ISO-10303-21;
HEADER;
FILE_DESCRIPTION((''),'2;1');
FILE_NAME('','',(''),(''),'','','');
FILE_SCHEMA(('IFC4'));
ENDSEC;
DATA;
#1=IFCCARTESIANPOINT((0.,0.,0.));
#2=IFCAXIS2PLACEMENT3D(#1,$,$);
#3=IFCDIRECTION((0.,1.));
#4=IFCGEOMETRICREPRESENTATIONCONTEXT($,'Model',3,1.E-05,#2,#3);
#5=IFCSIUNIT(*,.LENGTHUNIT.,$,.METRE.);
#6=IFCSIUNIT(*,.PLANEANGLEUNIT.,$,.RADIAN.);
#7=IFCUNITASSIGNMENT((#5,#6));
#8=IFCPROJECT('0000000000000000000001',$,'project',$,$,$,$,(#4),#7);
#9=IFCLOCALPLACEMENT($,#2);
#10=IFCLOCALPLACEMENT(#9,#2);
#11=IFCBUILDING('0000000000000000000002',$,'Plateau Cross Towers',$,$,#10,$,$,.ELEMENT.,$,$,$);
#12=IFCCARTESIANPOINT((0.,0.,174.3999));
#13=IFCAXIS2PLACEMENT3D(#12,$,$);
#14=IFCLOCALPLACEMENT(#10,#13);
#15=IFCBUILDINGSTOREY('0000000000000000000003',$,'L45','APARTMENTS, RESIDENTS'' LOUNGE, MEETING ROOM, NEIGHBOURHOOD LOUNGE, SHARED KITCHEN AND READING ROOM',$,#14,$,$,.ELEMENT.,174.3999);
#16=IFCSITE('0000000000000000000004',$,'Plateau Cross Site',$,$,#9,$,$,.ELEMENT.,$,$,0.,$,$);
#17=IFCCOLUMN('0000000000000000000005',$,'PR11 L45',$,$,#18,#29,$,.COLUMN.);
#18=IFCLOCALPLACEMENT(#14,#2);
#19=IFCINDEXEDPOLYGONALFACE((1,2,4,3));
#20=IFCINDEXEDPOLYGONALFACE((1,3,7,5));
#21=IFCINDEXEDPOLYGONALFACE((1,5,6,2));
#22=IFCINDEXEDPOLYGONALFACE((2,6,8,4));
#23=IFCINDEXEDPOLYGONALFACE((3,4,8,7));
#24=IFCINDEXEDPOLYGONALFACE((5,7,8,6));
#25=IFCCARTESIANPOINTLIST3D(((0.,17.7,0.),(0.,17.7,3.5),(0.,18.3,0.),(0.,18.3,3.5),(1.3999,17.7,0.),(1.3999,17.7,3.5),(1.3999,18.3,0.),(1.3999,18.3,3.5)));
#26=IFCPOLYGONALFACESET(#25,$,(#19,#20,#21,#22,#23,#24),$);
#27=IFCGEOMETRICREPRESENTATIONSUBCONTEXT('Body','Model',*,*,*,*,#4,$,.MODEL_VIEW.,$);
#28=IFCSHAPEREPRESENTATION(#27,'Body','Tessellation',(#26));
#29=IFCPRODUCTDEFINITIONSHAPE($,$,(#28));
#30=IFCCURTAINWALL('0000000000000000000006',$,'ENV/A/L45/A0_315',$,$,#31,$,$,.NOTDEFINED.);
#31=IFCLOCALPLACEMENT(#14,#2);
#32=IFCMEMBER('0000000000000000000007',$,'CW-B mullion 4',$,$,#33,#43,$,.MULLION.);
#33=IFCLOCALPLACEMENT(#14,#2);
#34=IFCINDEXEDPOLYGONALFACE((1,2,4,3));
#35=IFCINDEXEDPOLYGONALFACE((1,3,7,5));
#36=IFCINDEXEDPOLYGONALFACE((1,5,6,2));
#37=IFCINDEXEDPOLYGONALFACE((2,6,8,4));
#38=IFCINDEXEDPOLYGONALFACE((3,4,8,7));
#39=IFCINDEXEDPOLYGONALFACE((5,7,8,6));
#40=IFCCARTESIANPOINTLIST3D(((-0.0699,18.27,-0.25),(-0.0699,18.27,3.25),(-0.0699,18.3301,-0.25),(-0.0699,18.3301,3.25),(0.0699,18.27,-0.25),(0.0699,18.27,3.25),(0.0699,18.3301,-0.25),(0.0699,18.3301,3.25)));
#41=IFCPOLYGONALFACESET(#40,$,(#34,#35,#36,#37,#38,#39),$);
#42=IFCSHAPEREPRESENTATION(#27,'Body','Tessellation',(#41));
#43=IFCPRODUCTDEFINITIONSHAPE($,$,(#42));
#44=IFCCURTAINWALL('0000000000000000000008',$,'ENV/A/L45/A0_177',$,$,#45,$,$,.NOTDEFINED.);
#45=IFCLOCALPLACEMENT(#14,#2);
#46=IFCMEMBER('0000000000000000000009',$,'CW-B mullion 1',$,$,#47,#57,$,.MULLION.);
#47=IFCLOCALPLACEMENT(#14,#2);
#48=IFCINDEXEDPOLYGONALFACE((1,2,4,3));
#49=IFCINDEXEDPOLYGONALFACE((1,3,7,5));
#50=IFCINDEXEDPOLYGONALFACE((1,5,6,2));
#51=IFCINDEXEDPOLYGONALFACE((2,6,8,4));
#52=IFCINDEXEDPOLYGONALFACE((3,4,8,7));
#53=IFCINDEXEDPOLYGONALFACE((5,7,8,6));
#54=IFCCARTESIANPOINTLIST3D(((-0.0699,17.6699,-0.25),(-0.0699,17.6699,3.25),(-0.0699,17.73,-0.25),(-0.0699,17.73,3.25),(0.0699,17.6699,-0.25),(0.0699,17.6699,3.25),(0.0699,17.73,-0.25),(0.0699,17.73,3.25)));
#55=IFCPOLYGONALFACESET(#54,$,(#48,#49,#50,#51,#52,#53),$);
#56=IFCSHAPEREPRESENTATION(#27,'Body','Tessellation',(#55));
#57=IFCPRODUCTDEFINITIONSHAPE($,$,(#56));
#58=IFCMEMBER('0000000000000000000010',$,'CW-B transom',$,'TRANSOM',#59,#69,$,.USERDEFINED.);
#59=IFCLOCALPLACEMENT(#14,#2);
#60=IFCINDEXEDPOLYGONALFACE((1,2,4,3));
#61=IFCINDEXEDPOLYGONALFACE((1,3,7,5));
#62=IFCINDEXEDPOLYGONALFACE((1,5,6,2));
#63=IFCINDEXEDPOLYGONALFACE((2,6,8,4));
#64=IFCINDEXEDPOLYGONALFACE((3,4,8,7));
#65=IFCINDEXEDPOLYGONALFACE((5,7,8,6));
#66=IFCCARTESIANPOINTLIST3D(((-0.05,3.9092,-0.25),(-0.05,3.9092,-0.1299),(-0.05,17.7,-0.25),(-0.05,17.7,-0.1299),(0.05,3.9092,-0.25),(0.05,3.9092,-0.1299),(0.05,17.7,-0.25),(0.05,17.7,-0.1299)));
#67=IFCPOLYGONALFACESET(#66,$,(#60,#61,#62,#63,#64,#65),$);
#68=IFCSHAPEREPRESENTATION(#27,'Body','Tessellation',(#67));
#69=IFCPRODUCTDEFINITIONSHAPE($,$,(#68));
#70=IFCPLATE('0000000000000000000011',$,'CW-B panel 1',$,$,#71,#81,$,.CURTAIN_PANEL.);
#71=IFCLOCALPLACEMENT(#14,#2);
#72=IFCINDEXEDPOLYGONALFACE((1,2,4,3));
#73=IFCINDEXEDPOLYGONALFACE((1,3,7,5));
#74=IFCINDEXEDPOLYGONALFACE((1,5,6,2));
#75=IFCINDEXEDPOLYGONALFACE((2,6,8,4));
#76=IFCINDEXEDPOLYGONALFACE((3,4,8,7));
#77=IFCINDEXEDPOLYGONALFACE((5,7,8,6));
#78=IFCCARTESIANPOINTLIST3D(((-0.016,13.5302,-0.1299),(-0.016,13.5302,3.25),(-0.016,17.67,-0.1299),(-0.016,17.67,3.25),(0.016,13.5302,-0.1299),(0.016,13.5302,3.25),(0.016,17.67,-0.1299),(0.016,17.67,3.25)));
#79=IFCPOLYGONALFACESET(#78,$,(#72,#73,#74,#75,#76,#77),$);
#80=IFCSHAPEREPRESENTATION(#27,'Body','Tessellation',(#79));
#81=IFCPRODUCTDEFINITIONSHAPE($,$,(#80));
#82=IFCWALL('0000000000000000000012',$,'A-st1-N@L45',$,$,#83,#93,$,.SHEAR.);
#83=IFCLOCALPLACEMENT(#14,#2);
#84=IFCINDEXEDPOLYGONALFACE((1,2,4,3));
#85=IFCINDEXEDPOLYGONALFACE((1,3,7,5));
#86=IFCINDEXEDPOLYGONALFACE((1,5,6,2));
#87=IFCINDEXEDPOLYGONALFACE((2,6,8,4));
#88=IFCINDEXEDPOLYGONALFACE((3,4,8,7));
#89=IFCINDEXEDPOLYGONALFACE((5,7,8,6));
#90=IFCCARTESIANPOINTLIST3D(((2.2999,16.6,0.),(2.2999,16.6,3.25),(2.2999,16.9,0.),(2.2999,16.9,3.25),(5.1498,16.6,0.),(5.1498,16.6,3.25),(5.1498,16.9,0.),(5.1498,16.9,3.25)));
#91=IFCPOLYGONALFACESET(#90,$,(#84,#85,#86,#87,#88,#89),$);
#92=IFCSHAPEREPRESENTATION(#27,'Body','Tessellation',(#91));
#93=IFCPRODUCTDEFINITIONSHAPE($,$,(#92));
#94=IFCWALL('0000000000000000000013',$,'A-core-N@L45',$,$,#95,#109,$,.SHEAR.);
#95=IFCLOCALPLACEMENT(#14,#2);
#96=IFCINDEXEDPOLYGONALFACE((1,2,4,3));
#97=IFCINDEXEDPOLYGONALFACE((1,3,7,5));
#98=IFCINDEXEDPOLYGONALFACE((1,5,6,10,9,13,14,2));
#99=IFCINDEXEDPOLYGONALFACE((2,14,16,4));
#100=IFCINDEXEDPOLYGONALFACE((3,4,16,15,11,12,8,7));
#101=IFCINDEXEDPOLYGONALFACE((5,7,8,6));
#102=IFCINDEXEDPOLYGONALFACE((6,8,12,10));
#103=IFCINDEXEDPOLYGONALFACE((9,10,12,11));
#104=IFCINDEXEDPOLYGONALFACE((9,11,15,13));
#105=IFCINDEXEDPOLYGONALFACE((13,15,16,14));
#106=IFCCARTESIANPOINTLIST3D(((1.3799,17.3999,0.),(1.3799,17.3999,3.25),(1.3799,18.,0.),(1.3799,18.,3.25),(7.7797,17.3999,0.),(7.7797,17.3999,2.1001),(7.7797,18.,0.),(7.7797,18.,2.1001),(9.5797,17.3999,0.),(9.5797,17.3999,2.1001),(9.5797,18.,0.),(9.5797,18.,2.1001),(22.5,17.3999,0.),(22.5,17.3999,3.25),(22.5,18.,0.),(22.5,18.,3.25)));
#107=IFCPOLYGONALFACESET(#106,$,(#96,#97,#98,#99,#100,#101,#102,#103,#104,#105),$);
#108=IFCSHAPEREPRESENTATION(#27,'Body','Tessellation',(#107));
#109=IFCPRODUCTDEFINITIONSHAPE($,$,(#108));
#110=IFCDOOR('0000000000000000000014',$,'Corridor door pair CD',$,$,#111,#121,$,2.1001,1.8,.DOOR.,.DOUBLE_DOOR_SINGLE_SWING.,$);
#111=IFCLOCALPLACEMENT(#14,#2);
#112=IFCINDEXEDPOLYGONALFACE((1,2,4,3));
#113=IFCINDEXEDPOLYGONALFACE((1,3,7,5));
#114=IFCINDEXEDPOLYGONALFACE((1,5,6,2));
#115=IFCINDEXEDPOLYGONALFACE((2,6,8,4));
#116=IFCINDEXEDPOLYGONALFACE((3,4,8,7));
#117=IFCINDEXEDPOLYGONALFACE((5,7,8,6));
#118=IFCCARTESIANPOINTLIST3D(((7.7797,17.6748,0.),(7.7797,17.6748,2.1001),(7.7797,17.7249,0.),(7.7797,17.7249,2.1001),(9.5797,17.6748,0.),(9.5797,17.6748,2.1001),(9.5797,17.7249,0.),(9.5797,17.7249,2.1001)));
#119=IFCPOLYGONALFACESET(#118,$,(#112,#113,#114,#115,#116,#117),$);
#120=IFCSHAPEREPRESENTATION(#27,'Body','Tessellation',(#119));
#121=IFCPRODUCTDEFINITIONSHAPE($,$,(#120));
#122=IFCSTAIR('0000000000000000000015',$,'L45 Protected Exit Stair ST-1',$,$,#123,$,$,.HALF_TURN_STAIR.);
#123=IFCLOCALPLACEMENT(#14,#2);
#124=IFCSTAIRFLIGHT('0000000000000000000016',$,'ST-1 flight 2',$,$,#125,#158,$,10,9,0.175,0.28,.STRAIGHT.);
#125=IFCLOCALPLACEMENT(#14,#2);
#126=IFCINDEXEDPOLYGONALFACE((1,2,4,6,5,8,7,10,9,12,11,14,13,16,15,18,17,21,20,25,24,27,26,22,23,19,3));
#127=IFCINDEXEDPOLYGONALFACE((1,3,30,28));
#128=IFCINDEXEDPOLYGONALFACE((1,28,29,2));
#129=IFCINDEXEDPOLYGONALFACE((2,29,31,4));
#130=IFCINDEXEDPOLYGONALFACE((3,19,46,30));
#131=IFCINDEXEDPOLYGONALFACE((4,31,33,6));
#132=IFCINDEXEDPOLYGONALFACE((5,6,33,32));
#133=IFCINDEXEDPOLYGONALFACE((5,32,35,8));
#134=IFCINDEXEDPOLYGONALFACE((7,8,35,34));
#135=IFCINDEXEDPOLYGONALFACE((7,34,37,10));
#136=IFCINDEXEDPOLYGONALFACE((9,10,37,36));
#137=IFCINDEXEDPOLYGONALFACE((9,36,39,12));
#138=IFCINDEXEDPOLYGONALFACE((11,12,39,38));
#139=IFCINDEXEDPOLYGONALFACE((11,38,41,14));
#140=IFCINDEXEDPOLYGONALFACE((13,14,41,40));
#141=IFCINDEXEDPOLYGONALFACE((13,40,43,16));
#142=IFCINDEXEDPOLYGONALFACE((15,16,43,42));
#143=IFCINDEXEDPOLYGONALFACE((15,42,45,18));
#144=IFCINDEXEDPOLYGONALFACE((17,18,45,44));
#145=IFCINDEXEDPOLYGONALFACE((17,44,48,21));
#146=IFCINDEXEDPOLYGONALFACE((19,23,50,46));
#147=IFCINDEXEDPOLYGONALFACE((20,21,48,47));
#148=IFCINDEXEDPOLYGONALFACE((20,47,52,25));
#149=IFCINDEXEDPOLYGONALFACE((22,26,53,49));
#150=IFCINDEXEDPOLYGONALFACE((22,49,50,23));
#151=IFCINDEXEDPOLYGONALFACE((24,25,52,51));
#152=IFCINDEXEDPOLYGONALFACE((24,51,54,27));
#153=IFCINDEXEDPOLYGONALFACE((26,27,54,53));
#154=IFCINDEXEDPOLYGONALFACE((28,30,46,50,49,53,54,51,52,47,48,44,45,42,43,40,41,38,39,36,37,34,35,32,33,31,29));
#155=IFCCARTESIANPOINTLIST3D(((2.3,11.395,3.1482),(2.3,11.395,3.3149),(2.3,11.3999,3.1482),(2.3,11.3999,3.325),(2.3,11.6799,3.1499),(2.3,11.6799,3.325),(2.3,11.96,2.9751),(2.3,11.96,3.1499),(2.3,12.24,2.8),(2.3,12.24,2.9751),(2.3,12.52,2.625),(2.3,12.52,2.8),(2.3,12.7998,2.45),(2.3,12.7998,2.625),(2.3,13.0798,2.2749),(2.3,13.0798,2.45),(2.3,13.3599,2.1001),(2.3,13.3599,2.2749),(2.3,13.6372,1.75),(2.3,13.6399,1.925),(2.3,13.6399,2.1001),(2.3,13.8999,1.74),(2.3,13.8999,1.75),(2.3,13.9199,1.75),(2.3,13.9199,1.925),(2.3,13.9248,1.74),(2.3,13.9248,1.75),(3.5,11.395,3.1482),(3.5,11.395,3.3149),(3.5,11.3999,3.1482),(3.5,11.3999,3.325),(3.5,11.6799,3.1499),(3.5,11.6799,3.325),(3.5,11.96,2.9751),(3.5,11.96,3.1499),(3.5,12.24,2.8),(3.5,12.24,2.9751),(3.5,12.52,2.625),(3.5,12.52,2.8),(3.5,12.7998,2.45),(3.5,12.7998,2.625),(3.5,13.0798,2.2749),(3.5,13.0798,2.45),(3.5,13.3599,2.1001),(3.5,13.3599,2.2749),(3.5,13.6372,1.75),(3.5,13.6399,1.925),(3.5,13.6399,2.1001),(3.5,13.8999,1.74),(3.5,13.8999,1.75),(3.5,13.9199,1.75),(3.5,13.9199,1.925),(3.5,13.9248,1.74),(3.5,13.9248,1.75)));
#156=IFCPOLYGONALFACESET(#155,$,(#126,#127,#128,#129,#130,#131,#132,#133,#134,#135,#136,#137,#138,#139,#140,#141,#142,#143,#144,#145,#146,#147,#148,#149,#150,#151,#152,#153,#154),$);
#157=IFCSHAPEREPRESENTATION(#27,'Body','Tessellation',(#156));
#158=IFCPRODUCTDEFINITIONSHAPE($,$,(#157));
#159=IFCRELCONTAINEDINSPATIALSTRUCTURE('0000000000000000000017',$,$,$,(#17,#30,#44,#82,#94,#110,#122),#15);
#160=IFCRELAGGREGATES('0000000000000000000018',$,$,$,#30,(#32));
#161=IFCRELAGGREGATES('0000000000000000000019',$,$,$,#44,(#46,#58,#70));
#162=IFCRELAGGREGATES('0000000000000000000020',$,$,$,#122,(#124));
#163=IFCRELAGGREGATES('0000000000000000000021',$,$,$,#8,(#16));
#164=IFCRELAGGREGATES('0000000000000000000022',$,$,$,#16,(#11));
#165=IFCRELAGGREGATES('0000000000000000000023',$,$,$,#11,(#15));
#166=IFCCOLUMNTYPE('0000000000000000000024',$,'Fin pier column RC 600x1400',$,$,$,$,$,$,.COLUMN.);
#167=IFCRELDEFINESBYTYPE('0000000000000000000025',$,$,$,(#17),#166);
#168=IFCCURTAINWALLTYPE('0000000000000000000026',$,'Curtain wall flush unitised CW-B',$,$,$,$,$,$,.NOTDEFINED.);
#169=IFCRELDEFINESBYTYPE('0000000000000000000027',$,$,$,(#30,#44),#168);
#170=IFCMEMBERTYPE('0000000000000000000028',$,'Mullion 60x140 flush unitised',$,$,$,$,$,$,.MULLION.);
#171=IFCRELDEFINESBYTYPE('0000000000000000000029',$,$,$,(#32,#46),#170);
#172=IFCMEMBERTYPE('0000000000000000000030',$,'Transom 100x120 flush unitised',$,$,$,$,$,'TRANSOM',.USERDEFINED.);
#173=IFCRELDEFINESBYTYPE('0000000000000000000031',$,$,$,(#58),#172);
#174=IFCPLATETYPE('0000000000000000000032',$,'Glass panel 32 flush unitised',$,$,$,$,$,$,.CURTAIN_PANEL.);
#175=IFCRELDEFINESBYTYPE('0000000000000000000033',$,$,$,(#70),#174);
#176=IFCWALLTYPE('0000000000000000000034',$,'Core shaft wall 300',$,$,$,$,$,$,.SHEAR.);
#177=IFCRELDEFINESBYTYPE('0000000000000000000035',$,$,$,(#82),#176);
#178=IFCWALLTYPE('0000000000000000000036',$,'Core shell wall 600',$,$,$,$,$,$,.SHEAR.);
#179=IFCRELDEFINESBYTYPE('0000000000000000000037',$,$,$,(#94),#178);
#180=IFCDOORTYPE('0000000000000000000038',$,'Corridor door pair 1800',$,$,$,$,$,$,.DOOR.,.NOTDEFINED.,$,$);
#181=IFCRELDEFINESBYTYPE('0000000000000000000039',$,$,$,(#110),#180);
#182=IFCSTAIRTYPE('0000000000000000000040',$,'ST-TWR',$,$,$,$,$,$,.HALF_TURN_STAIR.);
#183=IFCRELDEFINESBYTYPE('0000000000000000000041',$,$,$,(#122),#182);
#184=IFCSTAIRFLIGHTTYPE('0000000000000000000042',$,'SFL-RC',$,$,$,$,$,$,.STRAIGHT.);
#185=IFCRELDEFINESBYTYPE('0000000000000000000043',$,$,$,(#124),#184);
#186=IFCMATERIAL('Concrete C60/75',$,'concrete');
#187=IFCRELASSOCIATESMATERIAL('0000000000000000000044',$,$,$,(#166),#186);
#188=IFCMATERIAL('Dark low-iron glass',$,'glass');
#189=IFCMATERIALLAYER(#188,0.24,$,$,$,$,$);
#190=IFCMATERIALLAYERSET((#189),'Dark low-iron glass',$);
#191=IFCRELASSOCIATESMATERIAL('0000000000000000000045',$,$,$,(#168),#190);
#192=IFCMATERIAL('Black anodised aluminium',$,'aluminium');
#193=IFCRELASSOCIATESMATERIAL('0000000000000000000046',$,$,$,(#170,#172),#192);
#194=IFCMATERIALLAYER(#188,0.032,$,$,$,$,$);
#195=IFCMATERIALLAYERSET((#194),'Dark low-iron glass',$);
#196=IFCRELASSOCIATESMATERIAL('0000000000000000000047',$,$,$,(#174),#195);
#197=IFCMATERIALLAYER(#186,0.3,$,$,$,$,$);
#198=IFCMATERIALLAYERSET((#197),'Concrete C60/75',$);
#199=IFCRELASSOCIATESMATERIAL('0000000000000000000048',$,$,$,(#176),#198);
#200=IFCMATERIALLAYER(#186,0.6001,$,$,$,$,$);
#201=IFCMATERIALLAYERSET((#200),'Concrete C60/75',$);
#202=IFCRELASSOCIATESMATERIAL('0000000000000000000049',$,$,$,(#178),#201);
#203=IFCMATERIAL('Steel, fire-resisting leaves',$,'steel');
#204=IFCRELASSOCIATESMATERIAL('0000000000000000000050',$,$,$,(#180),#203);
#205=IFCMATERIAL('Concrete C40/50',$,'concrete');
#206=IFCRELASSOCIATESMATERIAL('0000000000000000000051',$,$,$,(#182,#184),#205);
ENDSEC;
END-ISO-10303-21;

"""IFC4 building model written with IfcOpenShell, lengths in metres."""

from ifc_helpers import new_model, si_unit, direction, frame, frame_2d, origin, origin_2d, place, context, subcontext, project, spatial, polyline, rectangle, outline, extrude, material, layer, layer_set, material_profile, profile_set, type_object, element, fill, aggregate, save


model = new_model("IFC4")

# Units and contexts
model_context = context("Model", 3, precision=1e-05, world=origin(), true_north=direction((0.0, 1.0)))
body_context = subcontext(model_context, "Body", "Model", "MODEL_VIEW")
ifc_project = project(units=[si_unit("LENGTHUNIT", "METRE"), si_unit("PLANEANGLEUNIT", "RADIAN")], contexts=[model_context])

# Site, building, storey
site_placement = place(None, origin())
site = spatial("IfcSite", under=ifc_project, at=site_placement, Name="Plateau Cross Site", CompositionType="ELEMENT", RefElevation=0.0)
building_placement = place(site_placement, origin())
building = spatial("IfcBuilding", under=site, at=building_placement, Name="Plateau Cross Towers", CompositionType="ELEMENT")
storey_placement = place(building_placement, frame((0.0, 0.0, 174.3999)))
storey = spatial("IfcBuildingStorey", under=building, at=storey_placement, Name="L45", Description="APARTMENTS, RESIDENTS' LOUNGE, MEETING ROOM, NEIGHBOURHOOD LOUNGE, SHARED KITCHEN AND READING ROOM", CompositionType="ELEMENT", Elevation=174.3999)

# Column
ifc_material_1 = material(Name="Concrete C60/75", Category="concrete")
ifc_material_profile_1 = material_profile(ifc_material_1, rectangle(XDim=0.6001, YDim=1.3999, at=origin_2d()), Name="RC 600x1400")
ifc_profile_set_1 = profile_set([ifc_material_profile_1], Name="Concrete C60/75")
column_type = type_object("IfcColumnType", Name="Fin pier column RC 600x1400", PredefinedType="COLUMN", material=ifc_profile_set_1)
column_placement = place(storey_placement, frame((0.7, 18.0, 0.0), z_axis=(0.0, 0.0, 1.0), x_axis=(0.0, 1.0, 0.0)))
element("IfcColumn", 1, at=column_placement, inside=storey, type_object=column_type, Name="PR11 L45", PredefinedType="COLUMN", context=body_context, shape_type="SweptSolid", body=[
    extrude(rectangle(XDim=0.6001, YDim=1.3999, at=origin_2d()), origin(), (0.0, 0.0, 1.0), 3.5),
])

# Curtain wall, member
ifc_material_2 = material(Name="Dark low-iron glass", Category="glass")
ifc_layer_1 = layer(ifc_material_2, 0.24)
ifc_layer_set_1 = layer_set([ifc_layer_1], Name="Dark low-iron glass")
curtain_wall_type = type_object("IfcCurtainWallType", Name="Curtain wall flush unitised CW-B", PredefinedType="NOTDEFINED", material=ifc_layer_set_1)
curtain_wall_1_placement = place(storey_placement, origin())
curtain_wall_1 = element("IfcCurtainWall", 2, at=curtain_wall_1_placement, inside=storey, type_object=curtain_wall_type, Name="ENV/A/L45/A0_315", PredefinedType="NOTDEFINED")
ifc_material_3 = material(Name="Black anodised aluminium", Category="aluminium")
ifc_material_profile_2 = material_profile(ifc_material_3, rectangle(XDim=0.0601, YDim=0.1399, at=origin_2d()), Name="MULLION 60x140")
ifc_profile_set_2 = profile_set([ifc_material_profile_2], Name="Black anodised aluminium")
member_type_1 = type_object("IfcMemberType", Name="Mullion 60x140 flush unitised", PredefinedType="MULLION", material=ifc_profile_set_2)
member_1_placement = place(storey_placement, frame((0.0, 18.3, -0.25), z_axis=(0.0, 0.0, 1.0), x_axis=(0.0, -1.0, 0.0)))
member_1 = element("IfcMember", 3, at=member_1_placement, type_object=member_type_1, Name="CW-B mullion 4", PredefinedType="MULLION", context=body_context, shape_type="SweptSolid", body=[
    extrude(rectangle(XDim=0.0601, YDim=0.1399, at=origin_2d()), origin(), (0.0, 0.0, 1.0), 3.5),
])
aggregate(curtain_wall_1, [member_1])

# Curtain wall, members, plate
curtain_wall_2_placement = place(storey_placement, origin())
curtain_wall_2 = element("IfcCurtainWall", 4, at=curtain_wall_2_placement, inside=storey, type_object=curtain_wall_type, Name="ENV/A/L45/A0_177", PredefinedType="NOTDEFINED")
member_2_placement = place(storey_placement, frame((0.0, 17.7, -0.25), z_axis=(0.0, 0.0, 1.0), x_axis=(0.0, -1.0, 0.0)))
member_2 = element("IfcMember", 5, at=member_2_placement, type_object=member_type_1, Name="CW-B mullion 1", PredefinedType="MULLION", context=body_context, shape_type="SweptSolid", body=[
    extrude(rectangle(XDim=0.0601, YDim=0.1399, at=origin_2d()), origin(), (0.0, 0.0, 1.0), 3.5),
])
ifc_material_profile_3 = material_profile(ifc_material_3, rectangle(XDim=0.1001, YDim=0.1201, at=origin_2d()), Name="TRANSOM 100x120")
ifc_profile_set_3 = profile_set([ifc_material_profile_3], Name="Black anodised aluminium")
member_type_2 = type_object("IfcMemberType", Name="Transom 100x120 flush unitised", ElementType="TRANSOM", PredefinedType="USERDEFINED", material=ifc_profile_set_3)
member_3_placement = place(storey_placement, frame((0.0, 17.7, -0.1899), z_axis=(0.0, -1.0, 0.0), x_axis=(1.0, 0.0, 0.0)))
member_3 = element("IfcMember", 6, at=member_3_placement, type_object=member_type_2, Name="CW-B transom", ObjectType="TRANSOM", PredefinedType="USERDEFINED", context=body_context, shape_type="SweptSolid", body=[
    extrude(rectangle(XDim=0.1001, YDim=0.1201, at=origin_2d()), origin(), (0.0, 0.0, 1.0), 13.7908),
])
ifc_layer_2 = layer(ifc_material_2, 0.032)
ifc_layer_set_2 = layer_set([ifc_layer_2], Name="Dark low-iron glass")
plate_type = type_object("IfcPlateType", Name="Glass panel 32 flush unitised", PredefinedType="CURTAIN_PANEL", material=ifc_layer_set_2)
plate_placement = place(storey_placement, frame((0.0, 15.6001, -0.1299), z_axis=(0.0, 0.0, 1.0), x_axis=(0.0, -1.0, 0.0)))
plate = element("IfcPlate", 7, at=plate_placement, type_object=plate_type, Name="CW-B panel 1", PredefinedType="CURTAIN_PANEL", context=body_context, shape_type="SweptSolid", body=[
    extrude(rectangle(XDim=4.1399, YDim=0.032, at=origin_2d()), origin(), (0.0, 0.0, 1.0), 3.3799),
])
aggregate(curtain_wall_2, [member_2, member_3, plate])

# Wall
ifc_layer_3 = layer(ifc_material_1, 0.3)
ifc_layer_set_3 = layer_set([ifc_layer_3], Name="Concrete C60/75")
wall_type_1 = type_object("IfcWallType", Name="Core shaft wall 300", PredefinedType="SHEAR", material=ifc_layer_set_3)
wall_1_placement = place(storey_placement, frame((2.3, 16.75, 0.0), z_axis=(0.0, 0.0, 1.0), x_axis=(1.0, 0.0, 0.0)))
element("IfcWall", 8, at=wall_1_placement, inside=storey, type_object=wall_type_1, Name="A-st1-N@L45", PredefinedType="SHEAR", context=body_context, shape_type="SweptSolid", body=[
    extrude(rectangle(XDim=2.8499, YDim=0.3, at=frame_2d((1.4248, 0.0))), origin(), (0.0, 0.0, 1.0), 3.25),
])

# Wall, opening, door
ifc_layer_4 = layer(ifc_material_1, 0.6001)
ifc_layer_set_4 = layer_set([ifc_layer_4], Name="Concrete C60/75")
wall_type_2 = type_object("IfcWallType", Name="Core shell wall 600", PredefinedType="SHEAR", material=ifc_layer_set_4)
wall_2_placement = place(storey_placement, frame((1.3799, 17.7, 0.0), z_axis=(0.0, 0.0, 1.0), x_axis=(1.0, 0.0, 0.0)))
wall_2 = element("IfcWall", 9, at=wall_2_placement, inside=storey, type_object=wall_type_2, Name="A-core-N@L45", PredefinedType="SHEAR", context=body_context, shape_type="SweptSolid", body=[
    extrude(rectangle(XDim=21.1201, YDim=0.6001, at=frame_2d((10.5601, 0.0))), origin(), (0.0, 0.0, 1.0), 3.25),
])
opening_placement = place(wall_2_placement, frame((6.3999, 0.0, 0.0)))
opening = element("IfcOpeningElement", 10, at=opening_placement, cuts=wall_2, PredefinedType="OPENING", context=body_context, shape_type="SweptSolid", body=[
    extrude(rectangle(XDim=1.8, YDim=2.1001, at=frame_2d((0.8999, 1.05))), frame((0.0, 0.3101, 0.0), z_axis=(0.0, -1.0, 0.0), x_axis=(1.0, 0.0, 0.0)), (0.0, 0.0, 1.0), 0.6201),
])
ifc_material_4 = material(Name="Steel, fire-resisting leaves", Category="steel")
door_type = type_object("IfcDoorType", Name="Corridor door pair 1800", OperationType="NOTDEFINED", PredefinedType="DOOR", material=ifc_material_4)
door_placement = place(opening_placement, origin())
door = element("IfcDoor", 11, at=door_placement, inside=storey, type_object=door_type, Name="Corridor door pair CD", OperationType="DOUBLE_DOOR_SINGLE_SWING", OverallHeight=2.1001, OverallWidth=1.8, PredefinedType="DOOR", context=body_context, shape_type="SweptSolid", body=[
    extrude(rectangle(XDim=1.8, YDim=2.1001, at=frame_2d((0.8999, 1.05))), frame((0.0, 0.0249, 0.0), z_axis=(0.0, -1.0, 0.0), x_axis=(1.0, 0.0, 0.0)), (0.0, 0.0, 1.0), 0.05),
])
fill(opening, door)

# Stair, stair flight
ifc_material_5 = material(Name="Concrete C40/50", Category="concrete")
stair_type = type_object("IfcStairType", Name="ST-TWR", PredefinedType="HALF_TURN_STAIR", material=ifc_material_5)
stair_placement = place(storey_placement, origin())
stair = element("IfcStair", 12, at=stair_placement, inside=storey, type_object=stair_type, Name="L45 Protected Exit Stair ST-1", PredefinedType="HALF_TURN_STAIR")
stair_flight_type = type_object("IfcStairFlightType", Name="SFL-RC", PredefinedType="STRAIGHT", material=ifc_material_5)
stair_flight_placement = place(storey_placement, frame((2.8999, 13.9199, 1.75), z_axis=(0.0, 0.0, 1.0), x_axis=(0.0, -1.0, 0.0)))
stair_flight = element("IfcStairFlight", 13, at=stair_flight_placement, type_object=stair_flight_type, Name="ST-1 flight 2", NumberOfRisers=10, NumberOfTreads=9, PredefinedType="STRAIGHT", RiserHeight=0.175, TreadLength=0.28, context=body_context, shape_type="SweptSolid", body=[
    extrude(outline(polyline([(-0.0049, -0.01), (-0.0049, 0.0), (0.0, 0.0), (0.0, 0.175), (0.28, 0.175), (0.28, 0.3501), (0.5601, 0.3501), (0.5601, 0.5249), (0.8401, 0.5249), (0.8401, 0.7), (1.1201, 0.7), (1.1201, 0.875), (1.3999, 0.875), (1.3999, 1.05), (1.6799, 1.05), (1.6799, 1.2251), (1.96, 1.2251), (1.96, 1.3999), (2.24, 1.3999), (2.24, 1.575), (2.52, 1.575), (2.5249, 1.5649), (2.5249, 1.3982), (2.52, 1.3982), (0.2827, 0.0), (0.02, 0.0), (0.02, -0.01), (-0.0049, -0.01)])), frame((0.0, 0.6001, 0.0), z_axis=(0.0, -1.0, 0.0), x_axis=(1.0, 0.0, 0.0)), (0.0, 0.0, 1.0), 1.2),
])
aggregate(stair, [stair_flight])

save(model, "model.ifc")
